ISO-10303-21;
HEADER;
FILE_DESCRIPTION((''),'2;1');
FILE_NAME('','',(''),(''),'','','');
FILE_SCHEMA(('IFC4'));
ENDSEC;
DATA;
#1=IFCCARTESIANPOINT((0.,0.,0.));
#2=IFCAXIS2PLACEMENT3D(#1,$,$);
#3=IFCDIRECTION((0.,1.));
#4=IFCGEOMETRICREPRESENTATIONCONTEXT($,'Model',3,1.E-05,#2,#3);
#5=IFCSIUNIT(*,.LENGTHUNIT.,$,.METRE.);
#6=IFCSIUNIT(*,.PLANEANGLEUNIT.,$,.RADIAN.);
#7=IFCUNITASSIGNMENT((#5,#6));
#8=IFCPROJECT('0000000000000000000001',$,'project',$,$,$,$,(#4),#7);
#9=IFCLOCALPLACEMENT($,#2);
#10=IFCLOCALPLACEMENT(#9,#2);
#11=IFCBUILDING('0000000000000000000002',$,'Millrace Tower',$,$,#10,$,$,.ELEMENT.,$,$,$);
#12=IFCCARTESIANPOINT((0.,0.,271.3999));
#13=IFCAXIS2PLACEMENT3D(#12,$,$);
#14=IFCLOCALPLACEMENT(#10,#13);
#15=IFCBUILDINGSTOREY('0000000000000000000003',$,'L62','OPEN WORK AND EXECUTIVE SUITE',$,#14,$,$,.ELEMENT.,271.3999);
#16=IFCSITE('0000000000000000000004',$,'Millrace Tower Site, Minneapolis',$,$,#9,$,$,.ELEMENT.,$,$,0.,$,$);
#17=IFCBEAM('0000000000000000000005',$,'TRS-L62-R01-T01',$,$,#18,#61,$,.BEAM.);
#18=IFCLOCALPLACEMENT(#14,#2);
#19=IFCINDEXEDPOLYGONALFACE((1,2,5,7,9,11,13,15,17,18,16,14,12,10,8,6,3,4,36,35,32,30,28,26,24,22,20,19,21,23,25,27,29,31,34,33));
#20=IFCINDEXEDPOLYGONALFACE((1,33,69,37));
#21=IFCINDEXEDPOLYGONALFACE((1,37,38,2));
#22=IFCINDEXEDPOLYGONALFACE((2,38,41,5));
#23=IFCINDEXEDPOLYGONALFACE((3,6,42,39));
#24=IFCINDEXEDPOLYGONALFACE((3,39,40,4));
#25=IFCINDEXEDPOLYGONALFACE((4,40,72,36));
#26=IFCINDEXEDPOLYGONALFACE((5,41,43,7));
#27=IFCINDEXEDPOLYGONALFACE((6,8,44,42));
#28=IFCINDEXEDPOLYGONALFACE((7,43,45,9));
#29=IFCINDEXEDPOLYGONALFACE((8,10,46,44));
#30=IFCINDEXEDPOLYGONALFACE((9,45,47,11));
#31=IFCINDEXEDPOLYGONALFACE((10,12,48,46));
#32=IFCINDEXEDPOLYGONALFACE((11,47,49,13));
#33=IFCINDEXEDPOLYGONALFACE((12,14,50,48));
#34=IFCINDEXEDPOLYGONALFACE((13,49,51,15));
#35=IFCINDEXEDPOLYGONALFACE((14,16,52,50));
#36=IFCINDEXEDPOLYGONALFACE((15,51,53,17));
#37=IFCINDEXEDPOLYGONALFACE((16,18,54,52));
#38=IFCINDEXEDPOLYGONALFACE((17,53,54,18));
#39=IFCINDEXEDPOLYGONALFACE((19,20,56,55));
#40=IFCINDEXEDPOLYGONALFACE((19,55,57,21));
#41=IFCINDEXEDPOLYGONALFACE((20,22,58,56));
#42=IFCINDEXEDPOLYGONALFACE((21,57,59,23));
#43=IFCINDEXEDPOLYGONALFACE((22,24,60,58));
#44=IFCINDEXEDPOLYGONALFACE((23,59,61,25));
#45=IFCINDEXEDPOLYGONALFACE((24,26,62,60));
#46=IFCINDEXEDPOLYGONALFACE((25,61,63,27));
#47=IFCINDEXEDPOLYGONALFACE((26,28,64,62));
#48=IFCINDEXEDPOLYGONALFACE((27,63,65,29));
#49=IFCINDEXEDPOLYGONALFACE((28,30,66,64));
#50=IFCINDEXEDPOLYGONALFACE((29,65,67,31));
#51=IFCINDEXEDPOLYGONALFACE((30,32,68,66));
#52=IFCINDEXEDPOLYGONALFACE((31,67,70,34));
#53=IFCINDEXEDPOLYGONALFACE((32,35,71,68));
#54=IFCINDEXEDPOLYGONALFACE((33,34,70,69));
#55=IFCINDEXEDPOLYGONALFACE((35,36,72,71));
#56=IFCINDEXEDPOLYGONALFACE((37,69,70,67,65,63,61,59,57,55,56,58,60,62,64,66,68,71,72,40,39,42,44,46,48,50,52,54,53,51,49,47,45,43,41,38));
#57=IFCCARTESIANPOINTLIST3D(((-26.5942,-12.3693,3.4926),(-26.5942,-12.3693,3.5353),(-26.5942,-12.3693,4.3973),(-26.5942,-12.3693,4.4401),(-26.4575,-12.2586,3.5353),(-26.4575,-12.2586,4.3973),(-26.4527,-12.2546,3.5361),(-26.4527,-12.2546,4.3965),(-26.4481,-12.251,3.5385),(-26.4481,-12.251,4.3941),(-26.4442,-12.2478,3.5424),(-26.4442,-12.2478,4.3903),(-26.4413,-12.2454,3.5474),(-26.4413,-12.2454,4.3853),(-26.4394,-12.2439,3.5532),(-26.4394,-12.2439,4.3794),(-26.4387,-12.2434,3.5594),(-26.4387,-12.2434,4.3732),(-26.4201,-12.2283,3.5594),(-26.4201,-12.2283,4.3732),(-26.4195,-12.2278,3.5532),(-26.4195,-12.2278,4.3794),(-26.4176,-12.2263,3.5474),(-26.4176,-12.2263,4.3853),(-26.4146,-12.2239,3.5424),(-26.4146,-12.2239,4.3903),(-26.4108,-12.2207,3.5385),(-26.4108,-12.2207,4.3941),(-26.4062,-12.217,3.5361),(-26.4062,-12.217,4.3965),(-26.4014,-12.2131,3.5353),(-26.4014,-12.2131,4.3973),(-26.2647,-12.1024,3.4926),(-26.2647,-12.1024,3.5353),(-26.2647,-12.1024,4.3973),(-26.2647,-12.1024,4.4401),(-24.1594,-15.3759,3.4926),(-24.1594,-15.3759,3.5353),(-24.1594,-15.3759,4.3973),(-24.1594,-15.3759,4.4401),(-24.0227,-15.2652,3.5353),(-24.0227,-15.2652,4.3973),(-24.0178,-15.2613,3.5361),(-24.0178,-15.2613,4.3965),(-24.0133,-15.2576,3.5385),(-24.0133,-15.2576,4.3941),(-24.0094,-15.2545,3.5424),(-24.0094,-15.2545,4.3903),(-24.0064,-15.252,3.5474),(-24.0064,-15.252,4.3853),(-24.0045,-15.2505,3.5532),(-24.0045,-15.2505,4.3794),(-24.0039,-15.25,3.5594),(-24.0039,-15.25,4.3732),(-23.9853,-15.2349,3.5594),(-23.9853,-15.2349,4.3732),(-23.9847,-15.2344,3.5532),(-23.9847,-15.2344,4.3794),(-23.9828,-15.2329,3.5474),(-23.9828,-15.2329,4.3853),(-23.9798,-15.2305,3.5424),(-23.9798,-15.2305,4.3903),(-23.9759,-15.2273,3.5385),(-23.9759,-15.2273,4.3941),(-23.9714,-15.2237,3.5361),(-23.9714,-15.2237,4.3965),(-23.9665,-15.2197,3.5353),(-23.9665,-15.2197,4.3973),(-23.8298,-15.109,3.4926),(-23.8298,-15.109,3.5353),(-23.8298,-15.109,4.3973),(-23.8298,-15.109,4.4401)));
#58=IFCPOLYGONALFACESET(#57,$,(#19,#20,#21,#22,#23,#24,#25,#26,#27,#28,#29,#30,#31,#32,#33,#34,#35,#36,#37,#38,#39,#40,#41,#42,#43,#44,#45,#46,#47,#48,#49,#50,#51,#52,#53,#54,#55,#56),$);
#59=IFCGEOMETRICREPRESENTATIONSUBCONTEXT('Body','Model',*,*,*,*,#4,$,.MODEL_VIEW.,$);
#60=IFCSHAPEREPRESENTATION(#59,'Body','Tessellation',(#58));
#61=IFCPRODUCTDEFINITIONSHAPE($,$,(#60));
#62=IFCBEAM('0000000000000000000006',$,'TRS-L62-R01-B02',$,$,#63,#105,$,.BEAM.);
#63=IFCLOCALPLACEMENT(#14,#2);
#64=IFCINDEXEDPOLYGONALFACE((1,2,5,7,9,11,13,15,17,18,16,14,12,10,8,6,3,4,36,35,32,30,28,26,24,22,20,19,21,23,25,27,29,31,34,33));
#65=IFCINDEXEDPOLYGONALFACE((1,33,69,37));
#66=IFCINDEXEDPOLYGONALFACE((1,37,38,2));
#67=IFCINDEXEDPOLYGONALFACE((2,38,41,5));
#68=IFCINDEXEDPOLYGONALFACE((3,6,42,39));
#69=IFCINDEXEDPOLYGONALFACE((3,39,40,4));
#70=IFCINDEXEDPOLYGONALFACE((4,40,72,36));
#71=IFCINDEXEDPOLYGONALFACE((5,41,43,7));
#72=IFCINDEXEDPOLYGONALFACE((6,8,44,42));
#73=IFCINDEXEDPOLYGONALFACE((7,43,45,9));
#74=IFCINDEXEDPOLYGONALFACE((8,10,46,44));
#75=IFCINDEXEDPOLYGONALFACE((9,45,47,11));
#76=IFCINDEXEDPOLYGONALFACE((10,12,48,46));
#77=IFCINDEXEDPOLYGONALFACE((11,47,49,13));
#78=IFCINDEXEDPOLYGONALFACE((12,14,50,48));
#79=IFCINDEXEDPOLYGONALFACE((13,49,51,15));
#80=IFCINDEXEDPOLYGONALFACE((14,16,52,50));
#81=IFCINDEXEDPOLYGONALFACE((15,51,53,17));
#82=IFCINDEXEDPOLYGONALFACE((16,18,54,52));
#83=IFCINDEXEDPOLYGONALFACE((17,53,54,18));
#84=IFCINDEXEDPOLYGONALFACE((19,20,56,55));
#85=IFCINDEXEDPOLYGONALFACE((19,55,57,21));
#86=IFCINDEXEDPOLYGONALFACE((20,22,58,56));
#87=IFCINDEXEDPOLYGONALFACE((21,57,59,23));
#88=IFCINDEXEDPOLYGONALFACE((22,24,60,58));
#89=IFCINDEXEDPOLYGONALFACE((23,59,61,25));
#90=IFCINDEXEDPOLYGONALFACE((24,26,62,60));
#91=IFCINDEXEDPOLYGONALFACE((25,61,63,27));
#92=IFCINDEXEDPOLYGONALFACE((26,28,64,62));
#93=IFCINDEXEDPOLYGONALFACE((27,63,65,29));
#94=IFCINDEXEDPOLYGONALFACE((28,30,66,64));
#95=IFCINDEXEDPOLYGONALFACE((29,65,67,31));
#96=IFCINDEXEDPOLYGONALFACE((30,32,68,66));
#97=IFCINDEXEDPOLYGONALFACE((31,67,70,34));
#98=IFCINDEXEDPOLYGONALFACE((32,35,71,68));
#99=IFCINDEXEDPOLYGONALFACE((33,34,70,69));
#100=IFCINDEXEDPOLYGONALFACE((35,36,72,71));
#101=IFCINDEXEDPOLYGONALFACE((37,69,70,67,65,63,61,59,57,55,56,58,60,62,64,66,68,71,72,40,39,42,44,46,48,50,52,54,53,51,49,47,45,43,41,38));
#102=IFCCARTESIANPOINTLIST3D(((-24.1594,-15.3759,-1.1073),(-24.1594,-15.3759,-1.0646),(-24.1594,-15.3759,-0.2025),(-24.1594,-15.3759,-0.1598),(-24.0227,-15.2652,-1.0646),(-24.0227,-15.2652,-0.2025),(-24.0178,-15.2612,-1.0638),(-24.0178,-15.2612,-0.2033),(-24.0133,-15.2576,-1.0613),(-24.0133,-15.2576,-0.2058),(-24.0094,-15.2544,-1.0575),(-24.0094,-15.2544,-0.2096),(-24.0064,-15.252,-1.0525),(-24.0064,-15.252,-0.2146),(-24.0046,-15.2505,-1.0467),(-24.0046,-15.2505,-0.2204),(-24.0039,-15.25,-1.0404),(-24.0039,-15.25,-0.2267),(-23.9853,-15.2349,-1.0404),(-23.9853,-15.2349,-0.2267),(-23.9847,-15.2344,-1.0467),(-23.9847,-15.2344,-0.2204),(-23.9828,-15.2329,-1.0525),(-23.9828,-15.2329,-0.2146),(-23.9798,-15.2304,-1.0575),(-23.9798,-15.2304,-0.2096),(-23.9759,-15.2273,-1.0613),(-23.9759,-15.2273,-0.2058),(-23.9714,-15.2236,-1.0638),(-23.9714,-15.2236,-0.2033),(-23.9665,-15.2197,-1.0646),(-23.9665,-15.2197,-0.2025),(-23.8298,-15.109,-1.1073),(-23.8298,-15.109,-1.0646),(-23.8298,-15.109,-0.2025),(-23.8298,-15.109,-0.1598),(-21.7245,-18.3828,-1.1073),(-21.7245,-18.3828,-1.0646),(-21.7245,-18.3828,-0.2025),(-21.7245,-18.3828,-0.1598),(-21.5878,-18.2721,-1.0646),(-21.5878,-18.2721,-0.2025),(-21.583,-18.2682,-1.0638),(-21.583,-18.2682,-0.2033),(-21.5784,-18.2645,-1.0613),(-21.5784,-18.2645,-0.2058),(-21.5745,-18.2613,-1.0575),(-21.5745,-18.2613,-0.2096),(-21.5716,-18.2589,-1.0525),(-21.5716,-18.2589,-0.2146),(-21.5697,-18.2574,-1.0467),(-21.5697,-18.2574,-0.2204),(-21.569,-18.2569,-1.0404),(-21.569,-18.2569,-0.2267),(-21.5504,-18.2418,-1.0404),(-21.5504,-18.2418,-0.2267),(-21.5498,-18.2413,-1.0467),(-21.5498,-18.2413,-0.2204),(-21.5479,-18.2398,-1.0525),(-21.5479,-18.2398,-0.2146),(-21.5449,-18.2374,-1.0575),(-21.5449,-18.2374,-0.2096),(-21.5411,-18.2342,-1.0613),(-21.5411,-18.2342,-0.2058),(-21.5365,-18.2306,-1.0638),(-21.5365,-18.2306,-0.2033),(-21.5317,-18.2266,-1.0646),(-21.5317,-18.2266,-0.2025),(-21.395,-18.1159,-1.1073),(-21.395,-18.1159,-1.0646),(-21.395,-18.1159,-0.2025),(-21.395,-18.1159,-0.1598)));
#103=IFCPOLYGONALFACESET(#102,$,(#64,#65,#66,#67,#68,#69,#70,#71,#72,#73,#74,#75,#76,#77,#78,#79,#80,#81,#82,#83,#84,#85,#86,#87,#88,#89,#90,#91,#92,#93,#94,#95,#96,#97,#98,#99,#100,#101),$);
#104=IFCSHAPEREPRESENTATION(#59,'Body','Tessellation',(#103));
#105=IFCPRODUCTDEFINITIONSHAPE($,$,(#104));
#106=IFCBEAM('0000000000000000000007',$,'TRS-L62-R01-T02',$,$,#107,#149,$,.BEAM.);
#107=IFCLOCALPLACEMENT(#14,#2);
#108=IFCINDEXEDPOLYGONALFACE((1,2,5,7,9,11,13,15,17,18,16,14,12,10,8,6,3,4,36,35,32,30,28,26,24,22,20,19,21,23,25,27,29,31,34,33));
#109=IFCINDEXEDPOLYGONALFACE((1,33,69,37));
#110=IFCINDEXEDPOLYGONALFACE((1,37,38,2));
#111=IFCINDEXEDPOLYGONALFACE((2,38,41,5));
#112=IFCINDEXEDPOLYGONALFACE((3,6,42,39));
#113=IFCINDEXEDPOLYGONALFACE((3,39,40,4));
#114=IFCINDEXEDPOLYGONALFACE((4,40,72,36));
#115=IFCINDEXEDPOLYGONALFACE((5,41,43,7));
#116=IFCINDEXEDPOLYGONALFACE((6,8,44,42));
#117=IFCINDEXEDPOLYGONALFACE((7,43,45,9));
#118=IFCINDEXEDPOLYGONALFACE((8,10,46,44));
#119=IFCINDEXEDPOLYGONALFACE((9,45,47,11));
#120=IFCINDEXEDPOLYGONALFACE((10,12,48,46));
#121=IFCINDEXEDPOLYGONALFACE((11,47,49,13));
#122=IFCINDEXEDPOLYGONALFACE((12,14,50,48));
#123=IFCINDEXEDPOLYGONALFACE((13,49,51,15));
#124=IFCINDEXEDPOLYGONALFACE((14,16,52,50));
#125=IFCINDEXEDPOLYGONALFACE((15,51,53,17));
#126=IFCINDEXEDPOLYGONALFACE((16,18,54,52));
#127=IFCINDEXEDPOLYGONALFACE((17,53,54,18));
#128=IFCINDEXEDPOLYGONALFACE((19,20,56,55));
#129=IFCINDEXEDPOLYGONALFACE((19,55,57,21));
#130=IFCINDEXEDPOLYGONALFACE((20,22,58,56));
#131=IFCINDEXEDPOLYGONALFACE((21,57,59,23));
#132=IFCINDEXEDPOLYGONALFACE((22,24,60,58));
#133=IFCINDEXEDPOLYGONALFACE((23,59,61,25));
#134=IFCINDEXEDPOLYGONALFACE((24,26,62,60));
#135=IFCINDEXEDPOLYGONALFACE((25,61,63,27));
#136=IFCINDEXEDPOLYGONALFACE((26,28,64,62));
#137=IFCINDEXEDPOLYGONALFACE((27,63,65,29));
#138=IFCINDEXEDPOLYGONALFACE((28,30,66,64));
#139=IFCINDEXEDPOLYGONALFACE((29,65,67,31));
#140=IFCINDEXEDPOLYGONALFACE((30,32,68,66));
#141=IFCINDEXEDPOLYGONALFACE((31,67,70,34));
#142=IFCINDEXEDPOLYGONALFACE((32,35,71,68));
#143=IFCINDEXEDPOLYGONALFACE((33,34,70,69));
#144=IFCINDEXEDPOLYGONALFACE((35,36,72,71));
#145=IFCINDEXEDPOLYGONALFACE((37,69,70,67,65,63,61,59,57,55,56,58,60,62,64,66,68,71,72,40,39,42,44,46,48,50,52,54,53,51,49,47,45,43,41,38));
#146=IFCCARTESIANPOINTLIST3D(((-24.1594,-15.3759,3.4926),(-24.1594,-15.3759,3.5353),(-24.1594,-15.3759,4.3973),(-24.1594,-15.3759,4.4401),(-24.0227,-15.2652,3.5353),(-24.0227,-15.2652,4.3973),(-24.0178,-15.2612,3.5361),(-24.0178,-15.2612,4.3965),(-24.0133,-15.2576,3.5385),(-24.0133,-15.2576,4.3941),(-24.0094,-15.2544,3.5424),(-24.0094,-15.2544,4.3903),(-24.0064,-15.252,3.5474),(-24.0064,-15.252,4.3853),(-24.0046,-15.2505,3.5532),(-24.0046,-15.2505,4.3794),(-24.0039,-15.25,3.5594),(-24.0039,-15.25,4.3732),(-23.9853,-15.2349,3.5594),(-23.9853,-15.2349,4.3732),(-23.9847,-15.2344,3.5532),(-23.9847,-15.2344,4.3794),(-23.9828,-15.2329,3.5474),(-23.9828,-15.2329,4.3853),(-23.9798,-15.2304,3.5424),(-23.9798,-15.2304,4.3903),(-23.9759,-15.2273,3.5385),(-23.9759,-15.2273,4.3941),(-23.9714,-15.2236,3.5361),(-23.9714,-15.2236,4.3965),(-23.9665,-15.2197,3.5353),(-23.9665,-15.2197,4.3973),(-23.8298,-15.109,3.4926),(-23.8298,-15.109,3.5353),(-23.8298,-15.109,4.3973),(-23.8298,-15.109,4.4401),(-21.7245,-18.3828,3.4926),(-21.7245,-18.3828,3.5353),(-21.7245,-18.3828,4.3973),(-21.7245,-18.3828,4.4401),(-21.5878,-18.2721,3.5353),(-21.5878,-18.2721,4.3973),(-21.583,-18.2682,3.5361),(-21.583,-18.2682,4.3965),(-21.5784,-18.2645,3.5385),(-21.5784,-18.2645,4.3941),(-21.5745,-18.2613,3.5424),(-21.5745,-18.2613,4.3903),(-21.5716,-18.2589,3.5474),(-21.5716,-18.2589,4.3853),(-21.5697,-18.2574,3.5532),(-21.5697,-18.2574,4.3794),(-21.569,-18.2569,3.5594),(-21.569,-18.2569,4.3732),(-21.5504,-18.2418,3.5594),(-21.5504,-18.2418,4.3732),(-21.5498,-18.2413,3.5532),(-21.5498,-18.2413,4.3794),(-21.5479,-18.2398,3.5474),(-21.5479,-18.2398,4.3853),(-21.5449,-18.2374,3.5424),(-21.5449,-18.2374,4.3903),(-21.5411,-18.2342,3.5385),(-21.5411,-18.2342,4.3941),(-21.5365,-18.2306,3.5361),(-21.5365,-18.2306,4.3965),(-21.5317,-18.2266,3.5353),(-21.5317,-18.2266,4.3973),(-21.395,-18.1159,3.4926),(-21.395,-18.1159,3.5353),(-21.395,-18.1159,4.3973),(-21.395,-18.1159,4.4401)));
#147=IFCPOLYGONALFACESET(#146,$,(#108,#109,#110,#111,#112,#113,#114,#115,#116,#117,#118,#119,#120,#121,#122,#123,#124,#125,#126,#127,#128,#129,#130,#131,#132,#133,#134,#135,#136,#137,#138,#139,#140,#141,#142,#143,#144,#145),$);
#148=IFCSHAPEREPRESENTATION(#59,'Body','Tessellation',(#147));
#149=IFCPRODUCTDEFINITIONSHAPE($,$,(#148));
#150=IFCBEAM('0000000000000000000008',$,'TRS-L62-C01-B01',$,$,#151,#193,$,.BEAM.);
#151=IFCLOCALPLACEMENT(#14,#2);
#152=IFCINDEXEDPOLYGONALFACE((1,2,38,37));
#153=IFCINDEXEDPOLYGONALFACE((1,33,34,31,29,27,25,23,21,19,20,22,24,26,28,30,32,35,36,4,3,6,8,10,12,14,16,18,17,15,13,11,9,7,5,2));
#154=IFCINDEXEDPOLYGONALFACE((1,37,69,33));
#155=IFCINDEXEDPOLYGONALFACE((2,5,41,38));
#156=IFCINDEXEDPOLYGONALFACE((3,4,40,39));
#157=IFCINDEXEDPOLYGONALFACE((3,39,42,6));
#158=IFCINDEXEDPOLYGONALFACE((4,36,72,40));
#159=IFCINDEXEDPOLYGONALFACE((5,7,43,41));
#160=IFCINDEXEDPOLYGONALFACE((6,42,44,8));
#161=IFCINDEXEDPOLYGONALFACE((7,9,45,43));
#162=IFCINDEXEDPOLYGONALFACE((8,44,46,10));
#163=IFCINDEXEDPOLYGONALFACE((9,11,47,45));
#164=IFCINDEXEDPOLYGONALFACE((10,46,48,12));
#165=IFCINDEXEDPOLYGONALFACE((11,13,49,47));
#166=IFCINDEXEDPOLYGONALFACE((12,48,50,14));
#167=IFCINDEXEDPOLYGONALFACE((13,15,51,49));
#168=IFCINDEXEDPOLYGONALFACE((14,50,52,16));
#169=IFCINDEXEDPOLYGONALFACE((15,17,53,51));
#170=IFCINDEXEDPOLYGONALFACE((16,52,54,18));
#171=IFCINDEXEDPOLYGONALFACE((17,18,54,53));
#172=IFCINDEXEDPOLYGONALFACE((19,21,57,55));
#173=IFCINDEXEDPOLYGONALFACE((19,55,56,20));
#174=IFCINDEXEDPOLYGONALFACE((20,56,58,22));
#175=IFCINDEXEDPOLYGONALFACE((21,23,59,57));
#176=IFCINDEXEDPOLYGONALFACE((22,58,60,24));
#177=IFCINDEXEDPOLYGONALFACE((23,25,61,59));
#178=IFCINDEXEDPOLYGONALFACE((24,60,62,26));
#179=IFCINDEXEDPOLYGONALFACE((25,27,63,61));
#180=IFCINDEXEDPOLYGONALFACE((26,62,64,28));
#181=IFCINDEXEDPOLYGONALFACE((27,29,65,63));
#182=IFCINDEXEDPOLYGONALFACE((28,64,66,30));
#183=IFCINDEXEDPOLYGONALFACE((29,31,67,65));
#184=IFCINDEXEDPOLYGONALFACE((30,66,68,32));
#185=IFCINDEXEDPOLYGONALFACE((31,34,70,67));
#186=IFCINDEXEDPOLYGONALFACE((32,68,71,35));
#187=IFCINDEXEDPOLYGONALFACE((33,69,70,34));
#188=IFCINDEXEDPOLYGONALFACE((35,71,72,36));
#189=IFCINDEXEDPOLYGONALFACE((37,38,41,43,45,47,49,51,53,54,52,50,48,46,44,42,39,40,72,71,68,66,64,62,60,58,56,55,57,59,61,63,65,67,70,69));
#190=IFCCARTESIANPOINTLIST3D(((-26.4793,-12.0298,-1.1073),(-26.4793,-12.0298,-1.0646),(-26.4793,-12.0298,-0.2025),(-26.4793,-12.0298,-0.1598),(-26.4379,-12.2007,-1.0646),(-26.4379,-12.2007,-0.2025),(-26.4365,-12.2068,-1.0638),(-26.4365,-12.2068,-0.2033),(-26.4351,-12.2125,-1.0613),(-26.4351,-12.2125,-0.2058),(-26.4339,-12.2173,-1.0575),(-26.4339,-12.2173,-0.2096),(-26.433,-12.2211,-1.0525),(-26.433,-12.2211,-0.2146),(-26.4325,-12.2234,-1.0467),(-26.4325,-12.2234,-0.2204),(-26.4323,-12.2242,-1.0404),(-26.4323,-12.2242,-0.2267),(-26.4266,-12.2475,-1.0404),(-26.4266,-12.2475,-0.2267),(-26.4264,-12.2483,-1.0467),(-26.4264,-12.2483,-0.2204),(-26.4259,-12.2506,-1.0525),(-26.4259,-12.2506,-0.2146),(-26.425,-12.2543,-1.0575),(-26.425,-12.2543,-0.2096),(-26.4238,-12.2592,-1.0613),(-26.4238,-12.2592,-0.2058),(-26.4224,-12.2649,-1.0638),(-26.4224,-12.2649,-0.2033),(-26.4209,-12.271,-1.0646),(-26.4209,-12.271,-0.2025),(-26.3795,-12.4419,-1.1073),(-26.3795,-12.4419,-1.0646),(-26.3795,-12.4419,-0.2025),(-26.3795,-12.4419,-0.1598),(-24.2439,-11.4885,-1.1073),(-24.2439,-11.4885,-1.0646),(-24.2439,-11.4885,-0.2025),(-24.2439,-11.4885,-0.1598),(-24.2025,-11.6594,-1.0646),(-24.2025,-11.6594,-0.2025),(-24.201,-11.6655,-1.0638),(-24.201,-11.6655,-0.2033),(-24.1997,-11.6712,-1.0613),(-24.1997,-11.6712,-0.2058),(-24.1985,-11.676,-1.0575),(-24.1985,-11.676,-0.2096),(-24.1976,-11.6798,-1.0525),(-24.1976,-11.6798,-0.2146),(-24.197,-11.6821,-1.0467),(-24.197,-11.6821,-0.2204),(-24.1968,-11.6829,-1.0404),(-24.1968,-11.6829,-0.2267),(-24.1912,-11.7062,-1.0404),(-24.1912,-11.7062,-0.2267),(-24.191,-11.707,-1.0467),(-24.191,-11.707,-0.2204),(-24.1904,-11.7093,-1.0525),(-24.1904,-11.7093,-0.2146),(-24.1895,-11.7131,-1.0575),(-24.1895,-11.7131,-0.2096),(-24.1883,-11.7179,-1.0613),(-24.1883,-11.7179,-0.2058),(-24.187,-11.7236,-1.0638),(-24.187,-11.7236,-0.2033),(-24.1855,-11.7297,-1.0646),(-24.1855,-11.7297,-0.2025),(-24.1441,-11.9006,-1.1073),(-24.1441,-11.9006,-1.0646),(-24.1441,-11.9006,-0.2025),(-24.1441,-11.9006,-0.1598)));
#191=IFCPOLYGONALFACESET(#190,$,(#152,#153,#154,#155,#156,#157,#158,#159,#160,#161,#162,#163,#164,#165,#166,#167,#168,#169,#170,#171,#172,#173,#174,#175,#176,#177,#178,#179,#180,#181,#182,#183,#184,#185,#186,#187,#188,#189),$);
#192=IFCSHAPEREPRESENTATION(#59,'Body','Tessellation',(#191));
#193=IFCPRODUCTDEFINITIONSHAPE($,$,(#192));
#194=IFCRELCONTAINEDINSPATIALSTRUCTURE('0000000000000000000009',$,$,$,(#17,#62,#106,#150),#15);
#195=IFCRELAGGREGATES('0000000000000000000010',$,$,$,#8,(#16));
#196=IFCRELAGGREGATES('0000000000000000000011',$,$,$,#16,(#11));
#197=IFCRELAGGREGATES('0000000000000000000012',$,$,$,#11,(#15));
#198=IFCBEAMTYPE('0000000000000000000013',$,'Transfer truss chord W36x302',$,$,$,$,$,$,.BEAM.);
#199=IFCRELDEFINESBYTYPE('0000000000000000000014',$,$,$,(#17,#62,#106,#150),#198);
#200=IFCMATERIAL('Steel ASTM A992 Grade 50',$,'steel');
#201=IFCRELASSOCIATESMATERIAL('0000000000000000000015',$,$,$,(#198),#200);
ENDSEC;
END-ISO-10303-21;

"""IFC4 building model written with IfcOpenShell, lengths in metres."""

from ifc_helpers import new_model, si_unit, direction, frame, origin, origin_2d, place, context, subcontext, project, spatial, i_section, extrude, material, material_profile, profile_set, type_object, element, save


model = new_model("IFC4")

# Units and contexts
model_context = context("Model", 3, precision=1e-05, world=origin(), true_north=direction((0.0, 1.0)))
body_context = subcontext(model_context, "Body", "Model", "MODEL_VIEW")
ifc_project = project(units=[si_unit("LENGTHUNIT", "METRE"), si_unit("PLANEANGLEUNIT", "RADIAN")], contexts=[model_context])

# Site, building, storey
site_placement = place(None, origin())
site = spatial("IfcSite", under=ifc_project, at=site_placement, Name="Millrace Tower Site, Minneapolis", CompositionType="ELEMENT", RefElevation=0.0)
building_placement = place(site_placement, origin())
building = spatial("IfcBuilding", under=site, at=building_placement, Name="Millrace Tower", CompositionType="ELEMENT")
storey_placement = place(building_placement, frame((0.0, 0.0, 271.3999)))
storey = spatial("IfcBuildingStorey", under=building, at=storey_placement, Name="L62", Description="OPEN WORK AND EXECUTIVE SUITE", CompositionType="ELEMENT", Elevation=271.3999)

# Beams
ifc_material_1 = material(Name="Steel ASTM A992 Grade 50", Category="steel")
ifc_material_profile_1 = material_profile(ifc_material_1, i_section(OverallWidth=0.4241, OverallDepth=0.9475, WebThickness=0.0239, FlangeThickness=0.0427, FilletRadius=0.0242, at=origin_2d()))
ifc_profile_set_1 = profile_set([ifc_material_profile_1], Name="Steel ASTM A992 Grade 50")
beam_type_1 = type_object("IfcBeamType", Name="Transfer truss chord W36x302", PredefinedType="BEAM", material=ifc_profile_set_1)
for number, where, z_axis, x_axis, name in (
    (1, (-26.4294, -12.2358, 3.9663), (0.62934, -0.77713, 0.0), (0.77713, 0.62934, 0.0), "TRS-L62-R01-T01"),
):
    element("IfcBeam", number, at=place(storey_placement, frame(where, z_axis=z_axis, x_axis=x_axis)), inside=storey, type_object=beam_type_1, Name=name, PredefinedType="BEAM", context=body_context, shape_type="SweptSolid", body=[
        extrude(i_section(OverallWidth=0.4241, OverallDepth=0.9475, WebThickness=0.0239, FlangeThickness=0.0427, FilletRadius=0.0242, at=origin_2d()), origin(), (0.0, 0.0, 1.0), 3.8689),
    ])
for number, where, z_axis, x_axis, name in (
    (2, (-23.9946, -15.2424, -0.6335), (0.629309, -0.777155, 0.0), (0.777155, 0.629309, 0.0), "TRS-L62-R01-B02"),
    (3, (-23.9946, -15.2424, 3.9663), (0.629309, -0.777155, 0.0), (0.777155, 0.629309, 0.0), "TRS-L62-R01-T02"),
):
    element("IfcBeam", number, at=place(storey_placement, frame(where, z_axis=z_axis, x_axis=x_axis)), inside=storey, type_object=beam_type_1, Name=name, PredefinedType="BEAM", context=body_context, shape_type="SweptSolid", body=[
        extrude(i_section(OverallWidth=0.4241, OverallDepth=0.9475, WebThickness=0.0239, FlangeThickness=0.0427, FilletRadius=0.0242, at=origin_2d()), origin(), (0.0, 0.0, 1.0), 3.8691),
    ])
for number, where, z_axis, x_axis, name in (
    (4, (-26.4294, -12.2358, -0.6335), (0.971914, 0.235336, 0.0), (-0.235336, 0.971914, 0.0), "TRS-L62-C01-B01"),
):
    element("IfcBeam", number, at=place(storey_placement, frame(where, z_axis=z_axis, x_axis=x_axis)), inside=storey, type_object=beam_type_1, Name=name, PredefinedType="BEAM", context=body_context, shape_type="SweptSolid", body=[
        extrude(i_section(OverallWidth=0.4241, OverallDepth=0.9475, WebThickness=0.0239, FlangeThickness=0.0427, FilletRadius=0.0242, at=origin_2d()), origin(), (0.0, 0.0, 1.0), 2.3),
    ])

save(model, "model.ifc")
